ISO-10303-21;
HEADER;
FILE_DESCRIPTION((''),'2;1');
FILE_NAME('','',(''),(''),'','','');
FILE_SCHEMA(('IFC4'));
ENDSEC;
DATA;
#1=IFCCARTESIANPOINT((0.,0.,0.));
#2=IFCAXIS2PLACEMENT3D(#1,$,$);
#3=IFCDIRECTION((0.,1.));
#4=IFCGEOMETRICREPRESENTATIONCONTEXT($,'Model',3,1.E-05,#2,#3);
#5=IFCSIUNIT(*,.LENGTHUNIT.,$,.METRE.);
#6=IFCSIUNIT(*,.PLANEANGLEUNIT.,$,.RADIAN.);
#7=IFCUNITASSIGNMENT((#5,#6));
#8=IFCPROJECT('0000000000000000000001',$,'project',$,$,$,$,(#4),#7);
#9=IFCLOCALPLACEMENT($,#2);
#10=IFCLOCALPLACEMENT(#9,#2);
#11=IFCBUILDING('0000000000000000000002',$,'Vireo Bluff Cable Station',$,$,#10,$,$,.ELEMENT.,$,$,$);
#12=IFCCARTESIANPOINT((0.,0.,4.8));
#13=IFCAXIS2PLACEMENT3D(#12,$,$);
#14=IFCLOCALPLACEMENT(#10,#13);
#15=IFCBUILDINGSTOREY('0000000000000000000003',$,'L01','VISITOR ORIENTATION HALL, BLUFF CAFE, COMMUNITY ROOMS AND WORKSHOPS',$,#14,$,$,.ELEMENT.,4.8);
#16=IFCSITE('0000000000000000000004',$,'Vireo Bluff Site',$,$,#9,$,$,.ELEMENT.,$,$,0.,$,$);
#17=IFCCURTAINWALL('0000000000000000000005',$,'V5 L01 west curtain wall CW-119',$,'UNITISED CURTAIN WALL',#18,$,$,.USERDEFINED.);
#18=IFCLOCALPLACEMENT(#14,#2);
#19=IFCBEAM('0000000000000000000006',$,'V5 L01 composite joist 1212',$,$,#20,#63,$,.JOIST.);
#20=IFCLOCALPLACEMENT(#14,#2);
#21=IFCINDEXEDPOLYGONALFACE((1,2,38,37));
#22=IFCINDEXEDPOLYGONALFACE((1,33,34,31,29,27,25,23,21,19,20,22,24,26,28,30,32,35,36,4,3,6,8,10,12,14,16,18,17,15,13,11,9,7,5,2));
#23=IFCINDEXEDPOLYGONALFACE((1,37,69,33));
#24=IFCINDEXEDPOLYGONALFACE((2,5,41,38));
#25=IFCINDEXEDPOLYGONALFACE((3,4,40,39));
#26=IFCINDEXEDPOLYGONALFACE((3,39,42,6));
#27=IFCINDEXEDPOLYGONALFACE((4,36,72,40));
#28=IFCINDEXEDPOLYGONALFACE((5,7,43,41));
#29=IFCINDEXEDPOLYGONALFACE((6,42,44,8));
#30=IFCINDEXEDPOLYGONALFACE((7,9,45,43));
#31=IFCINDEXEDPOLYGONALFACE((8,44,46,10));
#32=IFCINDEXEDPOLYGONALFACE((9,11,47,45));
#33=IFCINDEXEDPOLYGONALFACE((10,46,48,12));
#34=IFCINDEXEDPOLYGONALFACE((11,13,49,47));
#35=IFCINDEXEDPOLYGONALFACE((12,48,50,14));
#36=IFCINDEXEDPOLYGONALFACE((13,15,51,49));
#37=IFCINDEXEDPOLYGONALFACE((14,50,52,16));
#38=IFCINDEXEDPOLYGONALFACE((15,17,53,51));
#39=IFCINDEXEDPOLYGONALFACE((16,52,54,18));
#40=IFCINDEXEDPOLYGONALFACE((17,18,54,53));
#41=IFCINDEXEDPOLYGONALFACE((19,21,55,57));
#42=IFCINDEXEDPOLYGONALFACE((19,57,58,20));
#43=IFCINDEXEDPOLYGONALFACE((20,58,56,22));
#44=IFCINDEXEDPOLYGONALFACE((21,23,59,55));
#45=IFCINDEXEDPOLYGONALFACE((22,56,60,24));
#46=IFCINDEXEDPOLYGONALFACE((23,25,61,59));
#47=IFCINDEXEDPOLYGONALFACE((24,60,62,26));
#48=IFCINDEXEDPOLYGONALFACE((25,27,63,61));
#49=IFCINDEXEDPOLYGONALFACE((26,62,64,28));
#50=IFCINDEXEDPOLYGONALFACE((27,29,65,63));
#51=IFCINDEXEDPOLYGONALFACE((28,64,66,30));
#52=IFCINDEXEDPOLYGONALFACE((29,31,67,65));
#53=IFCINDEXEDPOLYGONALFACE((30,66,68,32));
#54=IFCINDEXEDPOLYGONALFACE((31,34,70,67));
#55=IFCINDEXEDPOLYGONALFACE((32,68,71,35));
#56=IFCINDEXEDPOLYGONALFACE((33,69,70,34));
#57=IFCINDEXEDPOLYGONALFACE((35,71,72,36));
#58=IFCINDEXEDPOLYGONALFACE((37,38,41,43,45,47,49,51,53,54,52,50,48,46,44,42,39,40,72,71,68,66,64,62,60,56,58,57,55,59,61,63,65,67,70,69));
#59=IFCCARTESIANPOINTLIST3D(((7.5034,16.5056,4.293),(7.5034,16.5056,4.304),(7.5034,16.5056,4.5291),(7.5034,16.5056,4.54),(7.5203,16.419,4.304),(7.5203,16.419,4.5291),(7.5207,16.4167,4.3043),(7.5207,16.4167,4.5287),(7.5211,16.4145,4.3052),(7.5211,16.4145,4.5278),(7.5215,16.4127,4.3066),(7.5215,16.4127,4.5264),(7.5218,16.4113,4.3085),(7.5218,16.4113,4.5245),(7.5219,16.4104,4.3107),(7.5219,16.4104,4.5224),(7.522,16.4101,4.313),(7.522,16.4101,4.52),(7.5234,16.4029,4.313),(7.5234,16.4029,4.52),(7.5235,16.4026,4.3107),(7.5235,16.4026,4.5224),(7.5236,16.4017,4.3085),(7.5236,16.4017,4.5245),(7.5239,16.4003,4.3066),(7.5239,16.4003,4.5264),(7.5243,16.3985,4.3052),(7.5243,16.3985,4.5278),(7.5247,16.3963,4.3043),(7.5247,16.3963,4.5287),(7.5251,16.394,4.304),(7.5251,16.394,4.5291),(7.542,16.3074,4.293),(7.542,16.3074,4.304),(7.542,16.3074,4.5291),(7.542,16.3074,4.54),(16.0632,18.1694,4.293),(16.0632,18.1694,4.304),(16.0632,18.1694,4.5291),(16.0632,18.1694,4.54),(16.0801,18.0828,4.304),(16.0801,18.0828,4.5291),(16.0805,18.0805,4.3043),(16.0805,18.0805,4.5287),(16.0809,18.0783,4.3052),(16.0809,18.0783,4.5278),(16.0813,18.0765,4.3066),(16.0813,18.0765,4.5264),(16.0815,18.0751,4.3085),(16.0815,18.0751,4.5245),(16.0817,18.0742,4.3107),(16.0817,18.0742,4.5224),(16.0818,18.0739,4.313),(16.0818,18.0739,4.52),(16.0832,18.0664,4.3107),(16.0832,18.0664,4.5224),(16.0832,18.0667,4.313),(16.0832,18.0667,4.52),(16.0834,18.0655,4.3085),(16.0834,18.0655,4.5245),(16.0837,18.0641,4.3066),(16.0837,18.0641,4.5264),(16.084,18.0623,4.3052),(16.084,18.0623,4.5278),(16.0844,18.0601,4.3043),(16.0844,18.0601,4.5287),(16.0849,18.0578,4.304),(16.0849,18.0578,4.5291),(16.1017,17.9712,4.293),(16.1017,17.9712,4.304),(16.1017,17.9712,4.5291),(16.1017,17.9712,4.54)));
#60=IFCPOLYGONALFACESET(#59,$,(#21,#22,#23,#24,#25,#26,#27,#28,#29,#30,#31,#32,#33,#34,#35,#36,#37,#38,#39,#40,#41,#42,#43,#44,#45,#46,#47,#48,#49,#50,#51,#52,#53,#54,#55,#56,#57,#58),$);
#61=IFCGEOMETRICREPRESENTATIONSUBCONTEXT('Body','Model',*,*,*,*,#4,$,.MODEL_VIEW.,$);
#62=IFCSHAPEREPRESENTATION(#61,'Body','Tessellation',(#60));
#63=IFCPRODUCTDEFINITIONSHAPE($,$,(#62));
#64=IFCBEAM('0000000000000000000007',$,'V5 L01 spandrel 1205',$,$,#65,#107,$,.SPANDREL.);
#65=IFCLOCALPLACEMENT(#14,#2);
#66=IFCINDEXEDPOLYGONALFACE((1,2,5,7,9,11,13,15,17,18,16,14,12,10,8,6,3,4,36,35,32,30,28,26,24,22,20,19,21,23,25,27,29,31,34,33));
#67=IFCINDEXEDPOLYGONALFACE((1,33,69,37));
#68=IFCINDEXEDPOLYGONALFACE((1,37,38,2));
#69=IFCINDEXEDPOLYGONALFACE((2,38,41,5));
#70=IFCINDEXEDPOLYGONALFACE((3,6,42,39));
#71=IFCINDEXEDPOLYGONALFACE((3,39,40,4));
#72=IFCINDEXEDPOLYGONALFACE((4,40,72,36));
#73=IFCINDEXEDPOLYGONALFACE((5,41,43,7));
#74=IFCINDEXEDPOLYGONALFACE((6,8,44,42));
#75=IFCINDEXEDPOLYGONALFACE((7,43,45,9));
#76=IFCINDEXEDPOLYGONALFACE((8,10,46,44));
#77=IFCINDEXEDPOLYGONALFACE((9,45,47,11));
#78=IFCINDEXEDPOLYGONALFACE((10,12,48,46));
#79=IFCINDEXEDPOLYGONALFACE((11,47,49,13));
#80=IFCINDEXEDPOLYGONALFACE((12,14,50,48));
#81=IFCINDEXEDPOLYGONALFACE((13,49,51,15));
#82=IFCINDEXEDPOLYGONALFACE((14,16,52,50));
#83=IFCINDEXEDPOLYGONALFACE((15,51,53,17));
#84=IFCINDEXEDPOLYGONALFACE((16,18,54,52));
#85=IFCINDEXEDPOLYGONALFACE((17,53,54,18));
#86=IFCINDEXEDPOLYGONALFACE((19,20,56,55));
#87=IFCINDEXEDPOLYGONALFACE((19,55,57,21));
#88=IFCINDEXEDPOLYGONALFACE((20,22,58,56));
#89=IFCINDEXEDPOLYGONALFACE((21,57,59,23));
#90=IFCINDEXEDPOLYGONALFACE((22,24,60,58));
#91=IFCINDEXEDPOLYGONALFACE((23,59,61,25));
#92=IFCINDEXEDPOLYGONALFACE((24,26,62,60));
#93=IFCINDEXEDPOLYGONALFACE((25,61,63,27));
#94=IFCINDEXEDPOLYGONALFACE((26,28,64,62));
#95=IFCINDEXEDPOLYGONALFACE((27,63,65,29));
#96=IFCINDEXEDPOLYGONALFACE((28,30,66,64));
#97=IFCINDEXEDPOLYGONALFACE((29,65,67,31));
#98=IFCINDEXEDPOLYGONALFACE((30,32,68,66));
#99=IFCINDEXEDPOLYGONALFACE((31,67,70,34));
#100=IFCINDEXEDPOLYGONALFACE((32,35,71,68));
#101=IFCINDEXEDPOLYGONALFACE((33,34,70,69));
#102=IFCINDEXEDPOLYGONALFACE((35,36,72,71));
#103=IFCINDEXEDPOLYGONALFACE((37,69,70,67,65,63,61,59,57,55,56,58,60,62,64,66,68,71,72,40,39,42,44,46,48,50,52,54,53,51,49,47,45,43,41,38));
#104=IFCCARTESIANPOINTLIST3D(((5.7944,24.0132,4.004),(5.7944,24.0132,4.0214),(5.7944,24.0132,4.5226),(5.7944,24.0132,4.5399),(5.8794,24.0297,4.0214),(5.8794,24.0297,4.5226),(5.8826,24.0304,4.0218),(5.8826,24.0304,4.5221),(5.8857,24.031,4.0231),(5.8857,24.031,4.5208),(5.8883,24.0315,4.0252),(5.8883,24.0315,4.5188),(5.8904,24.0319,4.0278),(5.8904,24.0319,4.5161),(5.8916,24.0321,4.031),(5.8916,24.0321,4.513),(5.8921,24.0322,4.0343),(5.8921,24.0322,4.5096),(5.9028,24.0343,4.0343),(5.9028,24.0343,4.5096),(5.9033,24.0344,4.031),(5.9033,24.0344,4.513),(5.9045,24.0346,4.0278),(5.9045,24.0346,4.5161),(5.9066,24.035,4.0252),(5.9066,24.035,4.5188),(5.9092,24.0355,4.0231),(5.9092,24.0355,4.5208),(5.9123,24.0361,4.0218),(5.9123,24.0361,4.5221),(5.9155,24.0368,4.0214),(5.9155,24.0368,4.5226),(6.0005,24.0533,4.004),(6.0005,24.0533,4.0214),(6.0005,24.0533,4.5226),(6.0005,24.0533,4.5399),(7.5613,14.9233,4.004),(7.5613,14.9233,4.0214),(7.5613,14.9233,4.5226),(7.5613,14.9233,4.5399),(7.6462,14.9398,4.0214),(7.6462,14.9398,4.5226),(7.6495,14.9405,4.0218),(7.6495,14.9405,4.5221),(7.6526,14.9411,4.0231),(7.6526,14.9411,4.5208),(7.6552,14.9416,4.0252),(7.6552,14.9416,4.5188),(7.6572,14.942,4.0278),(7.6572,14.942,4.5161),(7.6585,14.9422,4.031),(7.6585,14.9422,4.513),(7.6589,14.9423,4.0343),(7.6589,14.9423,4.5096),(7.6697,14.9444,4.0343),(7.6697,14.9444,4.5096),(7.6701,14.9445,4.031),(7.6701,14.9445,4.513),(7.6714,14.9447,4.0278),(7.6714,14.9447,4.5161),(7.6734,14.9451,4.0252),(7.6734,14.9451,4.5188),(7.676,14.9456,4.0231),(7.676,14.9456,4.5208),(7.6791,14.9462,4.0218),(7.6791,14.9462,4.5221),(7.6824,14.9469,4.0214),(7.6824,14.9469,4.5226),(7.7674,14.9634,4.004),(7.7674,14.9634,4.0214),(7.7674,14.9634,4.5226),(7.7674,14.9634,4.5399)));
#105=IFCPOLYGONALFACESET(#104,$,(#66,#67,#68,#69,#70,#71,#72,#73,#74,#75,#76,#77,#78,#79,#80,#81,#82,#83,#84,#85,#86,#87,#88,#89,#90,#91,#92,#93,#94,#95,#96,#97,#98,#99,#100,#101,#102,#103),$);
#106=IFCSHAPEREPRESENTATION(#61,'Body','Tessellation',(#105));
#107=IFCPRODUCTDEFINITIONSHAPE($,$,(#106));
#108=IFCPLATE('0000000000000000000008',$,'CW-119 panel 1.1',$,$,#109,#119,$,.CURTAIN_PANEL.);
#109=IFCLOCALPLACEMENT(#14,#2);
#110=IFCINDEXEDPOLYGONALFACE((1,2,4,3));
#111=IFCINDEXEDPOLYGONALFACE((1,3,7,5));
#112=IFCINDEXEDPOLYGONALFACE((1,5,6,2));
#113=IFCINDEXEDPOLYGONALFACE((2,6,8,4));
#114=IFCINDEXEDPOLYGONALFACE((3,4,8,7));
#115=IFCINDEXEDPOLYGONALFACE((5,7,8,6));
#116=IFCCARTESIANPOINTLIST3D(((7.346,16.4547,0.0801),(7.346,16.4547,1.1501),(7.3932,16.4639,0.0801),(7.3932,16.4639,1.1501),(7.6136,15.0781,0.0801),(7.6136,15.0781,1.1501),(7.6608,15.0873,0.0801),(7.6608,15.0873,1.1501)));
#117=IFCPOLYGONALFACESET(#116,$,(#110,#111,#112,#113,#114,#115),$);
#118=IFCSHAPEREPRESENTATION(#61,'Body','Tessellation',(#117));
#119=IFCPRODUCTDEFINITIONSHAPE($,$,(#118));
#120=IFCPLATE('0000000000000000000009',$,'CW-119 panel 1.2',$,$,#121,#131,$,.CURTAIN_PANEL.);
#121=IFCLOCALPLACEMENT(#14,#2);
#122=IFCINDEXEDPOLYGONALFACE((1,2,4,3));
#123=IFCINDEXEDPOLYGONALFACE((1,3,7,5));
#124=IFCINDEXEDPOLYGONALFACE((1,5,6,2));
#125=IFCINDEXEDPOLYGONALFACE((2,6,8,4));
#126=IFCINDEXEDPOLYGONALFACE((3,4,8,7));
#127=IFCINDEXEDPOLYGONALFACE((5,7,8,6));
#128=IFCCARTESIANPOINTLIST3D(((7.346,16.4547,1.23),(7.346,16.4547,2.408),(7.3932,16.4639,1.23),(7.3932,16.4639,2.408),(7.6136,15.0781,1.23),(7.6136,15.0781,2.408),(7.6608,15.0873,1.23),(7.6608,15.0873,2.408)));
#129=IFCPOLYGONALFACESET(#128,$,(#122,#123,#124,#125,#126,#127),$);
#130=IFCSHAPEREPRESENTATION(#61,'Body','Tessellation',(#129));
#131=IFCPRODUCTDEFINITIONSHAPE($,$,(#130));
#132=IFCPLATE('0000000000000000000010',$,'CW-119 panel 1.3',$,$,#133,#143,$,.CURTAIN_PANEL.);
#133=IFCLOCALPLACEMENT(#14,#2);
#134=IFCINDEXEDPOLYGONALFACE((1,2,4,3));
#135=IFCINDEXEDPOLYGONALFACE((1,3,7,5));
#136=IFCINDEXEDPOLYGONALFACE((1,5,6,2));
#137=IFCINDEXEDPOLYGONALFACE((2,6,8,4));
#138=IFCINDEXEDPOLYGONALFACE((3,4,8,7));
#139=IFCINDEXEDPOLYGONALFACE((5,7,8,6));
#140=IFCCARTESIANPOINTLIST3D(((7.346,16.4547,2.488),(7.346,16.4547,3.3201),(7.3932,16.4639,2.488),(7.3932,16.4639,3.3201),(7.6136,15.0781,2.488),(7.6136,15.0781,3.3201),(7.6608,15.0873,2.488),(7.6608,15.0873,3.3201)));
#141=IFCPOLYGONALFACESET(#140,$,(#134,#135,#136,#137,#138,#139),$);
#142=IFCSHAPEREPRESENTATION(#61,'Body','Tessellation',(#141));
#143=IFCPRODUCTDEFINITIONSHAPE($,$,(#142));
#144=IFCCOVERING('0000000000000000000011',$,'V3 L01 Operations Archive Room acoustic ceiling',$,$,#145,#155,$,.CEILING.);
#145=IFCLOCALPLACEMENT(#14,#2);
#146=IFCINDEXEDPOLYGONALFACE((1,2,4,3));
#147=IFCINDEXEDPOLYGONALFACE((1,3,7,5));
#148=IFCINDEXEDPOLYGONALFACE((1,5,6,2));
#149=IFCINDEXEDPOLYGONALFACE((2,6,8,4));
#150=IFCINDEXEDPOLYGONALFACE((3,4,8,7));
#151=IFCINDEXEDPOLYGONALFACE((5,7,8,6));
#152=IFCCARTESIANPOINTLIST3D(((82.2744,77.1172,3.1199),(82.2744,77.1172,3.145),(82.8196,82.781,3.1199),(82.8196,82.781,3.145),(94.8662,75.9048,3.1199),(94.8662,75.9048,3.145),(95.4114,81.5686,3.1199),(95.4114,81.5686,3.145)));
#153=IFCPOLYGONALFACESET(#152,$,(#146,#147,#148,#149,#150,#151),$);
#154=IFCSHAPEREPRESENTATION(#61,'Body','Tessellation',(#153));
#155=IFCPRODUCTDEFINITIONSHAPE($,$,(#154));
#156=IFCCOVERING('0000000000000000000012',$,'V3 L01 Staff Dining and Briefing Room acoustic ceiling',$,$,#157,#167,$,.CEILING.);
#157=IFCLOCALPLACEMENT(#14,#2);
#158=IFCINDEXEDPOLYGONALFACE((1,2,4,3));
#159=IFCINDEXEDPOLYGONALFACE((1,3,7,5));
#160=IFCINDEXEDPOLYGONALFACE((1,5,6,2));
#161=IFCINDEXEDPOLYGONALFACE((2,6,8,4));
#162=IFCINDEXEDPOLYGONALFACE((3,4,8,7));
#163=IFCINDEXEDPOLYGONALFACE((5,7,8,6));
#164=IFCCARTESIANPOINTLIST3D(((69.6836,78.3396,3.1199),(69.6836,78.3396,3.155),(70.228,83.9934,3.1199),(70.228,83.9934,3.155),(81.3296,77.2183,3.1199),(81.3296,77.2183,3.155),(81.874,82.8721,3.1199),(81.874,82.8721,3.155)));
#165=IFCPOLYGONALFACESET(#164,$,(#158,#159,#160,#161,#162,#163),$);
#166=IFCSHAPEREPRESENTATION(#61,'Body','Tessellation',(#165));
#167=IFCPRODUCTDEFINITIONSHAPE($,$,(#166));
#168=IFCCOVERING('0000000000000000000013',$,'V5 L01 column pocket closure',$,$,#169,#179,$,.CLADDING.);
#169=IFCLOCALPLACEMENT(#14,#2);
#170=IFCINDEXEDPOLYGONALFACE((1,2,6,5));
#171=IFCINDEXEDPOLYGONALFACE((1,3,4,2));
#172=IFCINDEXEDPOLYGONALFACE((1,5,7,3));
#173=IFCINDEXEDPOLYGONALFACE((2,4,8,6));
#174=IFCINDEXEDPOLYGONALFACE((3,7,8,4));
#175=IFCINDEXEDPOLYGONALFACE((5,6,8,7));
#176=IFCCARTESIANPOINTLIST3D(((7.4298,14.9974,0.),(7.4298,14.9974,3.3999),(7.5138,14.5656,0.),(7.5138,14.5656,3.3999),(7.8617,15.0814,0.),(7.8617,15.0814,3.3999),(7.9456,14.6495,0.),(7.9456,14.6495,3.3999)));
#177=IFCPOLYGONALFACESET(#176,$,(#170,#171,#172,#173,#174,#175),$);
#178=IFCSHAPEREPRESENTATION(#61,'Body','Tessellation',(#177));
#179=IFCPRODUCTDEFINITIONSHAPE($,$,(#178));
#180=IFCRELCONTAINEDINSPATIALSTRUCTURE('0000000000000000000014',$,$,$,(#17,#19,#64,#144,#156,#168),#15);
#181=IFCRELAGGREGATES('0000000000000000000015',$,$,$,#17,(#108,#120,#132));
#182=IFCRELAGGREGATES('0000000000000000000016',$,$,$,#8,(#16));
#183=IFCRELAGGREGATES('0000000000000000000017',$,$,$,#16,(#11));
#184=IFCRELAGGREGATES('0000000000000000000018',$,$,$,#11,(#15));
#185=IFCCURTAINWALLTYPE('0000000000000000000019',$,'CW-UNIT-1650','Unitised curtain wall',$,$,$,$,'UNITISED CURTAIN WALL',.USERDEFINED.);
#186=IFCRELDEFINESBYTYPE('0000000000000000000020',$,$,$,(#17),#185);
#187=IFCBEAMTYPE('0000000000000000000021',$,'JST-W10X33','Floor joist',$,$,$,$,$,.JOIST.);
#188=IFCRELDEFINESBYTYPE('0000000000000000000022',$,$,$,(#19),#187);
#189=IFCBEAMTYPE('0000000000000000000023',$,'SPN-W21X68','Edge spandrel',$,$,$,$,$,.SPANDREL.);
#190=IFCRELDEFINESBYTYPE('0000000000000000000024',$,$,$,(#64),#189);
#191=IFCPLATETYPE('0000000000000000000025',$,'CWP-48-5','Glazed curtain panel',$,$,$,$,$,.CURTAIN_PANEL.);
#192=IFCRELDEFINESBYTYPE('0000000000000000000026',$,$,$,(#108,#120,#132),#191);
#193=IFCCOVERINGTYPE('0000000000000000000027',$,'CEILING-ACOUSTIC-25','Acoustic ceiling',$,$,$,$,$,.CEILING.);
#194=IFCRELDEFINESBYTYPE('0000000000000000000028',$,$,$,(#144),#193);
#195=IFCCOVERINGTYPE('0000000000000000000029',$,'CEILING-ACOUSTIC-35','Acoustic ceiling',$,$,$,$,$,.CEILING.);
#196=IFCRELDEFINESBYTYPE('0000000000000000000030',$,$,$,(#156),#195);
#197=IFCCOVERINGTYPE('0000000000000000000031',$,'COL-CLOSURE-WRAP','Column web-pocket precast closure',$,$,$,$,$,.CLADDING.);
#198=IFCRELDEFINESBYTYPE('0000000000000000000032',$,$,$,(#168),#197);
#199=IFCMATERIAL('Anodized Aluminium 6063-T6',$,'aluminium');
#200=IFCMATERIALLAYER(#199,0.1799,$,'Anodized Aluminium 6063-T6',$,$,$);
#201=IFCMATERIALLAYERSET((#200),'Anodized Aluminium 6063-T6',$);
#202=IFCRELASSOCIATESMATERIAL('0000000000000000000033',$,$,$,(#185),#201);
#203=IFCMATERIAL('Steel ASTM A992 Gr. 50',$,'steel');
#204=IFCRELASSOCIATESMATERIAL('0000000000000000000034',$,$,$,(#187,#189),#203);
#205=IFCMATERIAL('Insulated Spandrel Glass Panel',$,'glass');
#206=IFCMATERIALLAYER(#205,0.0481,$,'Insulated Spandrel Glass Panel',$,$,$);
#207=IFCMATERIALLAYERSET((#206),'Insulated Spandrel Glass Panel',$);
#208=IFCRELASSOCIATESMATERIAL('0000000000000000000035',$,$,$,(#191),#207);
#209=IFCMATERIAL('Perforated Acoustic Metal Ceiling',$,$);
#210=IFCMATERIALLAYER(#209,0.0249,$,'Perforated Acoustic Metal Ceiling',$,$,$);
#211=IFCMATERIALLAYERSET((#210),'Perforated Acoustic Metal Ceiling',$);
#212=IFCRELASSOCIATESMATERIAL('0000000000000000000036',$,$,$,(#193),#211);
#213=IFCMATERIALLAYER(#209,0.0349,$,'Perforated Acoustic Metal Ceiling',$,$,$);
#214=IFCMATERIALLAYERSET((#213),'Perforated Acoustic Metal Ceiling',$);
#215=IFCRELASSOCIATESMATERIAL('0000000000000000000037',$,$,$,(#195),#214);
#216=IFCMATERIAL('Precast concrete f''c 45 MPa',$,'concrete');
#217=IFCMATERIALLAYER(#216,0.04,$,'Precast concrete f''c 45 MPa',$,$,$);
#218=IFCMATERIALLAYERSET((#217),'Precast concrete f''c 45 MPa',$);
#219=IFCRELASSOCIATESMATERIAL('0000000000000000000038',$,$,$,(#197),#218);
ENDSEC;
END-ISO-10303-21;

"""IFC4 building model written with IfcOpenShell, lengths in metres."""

from ifc_helpers import new_model, si_unit, direction, frame, origin, origin_2d, place, context, subcontext, project, spatial, polyline, rectangle, i_section, outline, extrude, material, layer, layer_set, material_profile, profile_set, type_object, element, aggregate, save


model = new_model("IFC4")

# Units and contexts
model_context = context("Model", 3, precision=1e-05, world=origin(), true_north=direction((0.0, 1.0)))
body_context = subcontext(model_context, "Body", "Model", "MODEL_VIEW")
ifc_project = project(units=[si_unit("LENGTHUNIT", "METRE"), si_unit("PLANEANGLEUNIT", "RADIAN")], contexts=[model_context])

# Site, building, storey
site_placement = place(None, origin())
site = spatial("IfcSite", under=ifc_project, at=site_placement, Name="Vireo Bluff Site", CompositionType="ELEMENT", RefElevation=0.0)
building_placement = place(site_placement, origin())
building = spatial("IfcBuilding", under=site, at=building_placement, Name="Vireo Bluff Cable Station", CompositionType="ELEMENT")
storey_placement = place(building_placement, frame((0.0, 0.0, 4.8)))
storey = spatial("IfcBuildingStorey", under=building, at=storey_placement, Name="L01", Description="VISITOR ORIENTATION HALL, BLUFF CAFE, COMMUNITY ROOMS AND WORKSHOPS", CompositionType="ELEMENT", Elevation=4.8)

# Shared definitions
ifc_material_1 = material(Name="Steel ASTM A992 Gr. 50", Category="steel")

# Curtain wall
ifc_material_2 = material(Name="Anodized Aluminium 6063-T6", Category="aluminium")
ifc_layer_1 = layer(ifc_material_2, 0.1799, Name="Anodized Aluminium 6063-T6")
ifc_layer_set_1 = layer_set([ifc_layer_1], Name="Anodized Aluminium 6063-T6")
curtain_wall_type = type_object("IfcCurtainWallType", Name="CW-UNIT-1650", Description="Unitised curtain wall", ElementType="UNITISED CURTAIN WALL", PredefinedType="USERDEFINED", material=ifc_layer_set_1)
curtain_wall_placement = place(storey_placement, origin())
curtain_wall = element("IfcCurtainWall", 1, at=curtain_wall_placement, inside=storey, type_object=curtain_wall_type, Name="V5 L01 west curtain wall CW-119", ObjectType="UNITISED CURTAIN WALL", PredefinedType="USERDEFINED")

# Beams
ifc_material_profile_1 = material_profile(ifc_material_1, i_section(OverallWidth=0.2019, OverallDepth=0.2471, WebThickness=0.0073, FlangeThickness=0.011, FilletRadius=0.009, at=origin_2d()), Name="W10X33")
ifc_profile_set_1 = profile_set([ifc_material_profile_1], Name="Steel ASTM A992 Gr. 50")
beam_type_1 = type_object("IfcBeamType", Name="JST-W10X33", Description="Floor joist", PredefinedType="JOIST", material=ifc_profile_set_1)
beam_1_placement = place(storey_placement, frame((7.5227, 16.4065, 4.4165), z_axis=(0.981628, 0.190804, 0.0), x_axis=(-0.190804, 0.981628, 0.0)))
element("IfcBeam", 2, at=beam_1_placement, inside=storey, type_object=beam_type_1, Name="V5 L01 composite joist 1212", PredefinedType="JOIST", context=body_context, shape_type="SweptSolid", body=[
    extrude(i_section(OverallWidth=0.2019, OverallDepth=0.2471, WebThickness=0.0073, FlangeThickness=0.011, FilletRadius=0.009, at=origin_2d()), origin(), (0.0, 0.0, 1.0), 8.72),
])
ifc_material_profile_2 = material_profile(ifc_material_1, i_section(OverallWidth=0.21, OverallDepth=0.5359, WebThickness=0.011, FlangeThickness=0.0173, FilletRadius=0.0129, at=origin_2d()), Name="W21X68")
ifc_profile_set_2 = profile_set([ifc_material_profile_2], Name="Steel ASTM A992 Gr. 50")
beam_type_2 = type_object("IfcBeamType", Name="SPN-W21X68", Description="Edge spandrel", PredefinedType="SPANDREL", material=ifc_profile_set_2)
beam_2_placement = place(storey_placement, frame((7.6643, 14.9434, 4.272), z_axis=(-0.190805, 0.981628, 0.0), x_axis=(-0.981628, -0.190805, 0.0)))
element("IfcBeam", 3, at=beam_2_placement, inside=storey, type_object=beam_type_2, Name="V5 L01 spandrel 1205", PredefinedType="SPANDREL", context=body_context, shape_type="SweptSolid", body=[
    extrude(i_section(OverallWidth=0.21, OverallDepth=0.5359, WebThickness=0.011, FlangeThickness=0.0173, FilletRadius=0.0129, at=origin_2d()), origin(), (0.0, 0.0, 1.0), 9.26),
])

# Plates
ifc_material_3 = material(Name="Insulated Spandrel Glass Panel", Category="glass")
ifc_layer_2 = layer(ifc_material_3, 0.0481, Name="Insulated Spandrel Glass Panel")
ifc_layer_set_2 = layer_set([ifc_layer_2], Name="Insulated Spandrel Glass Panel")
plate_type = type_object("IfcPlateType", Name="CWP-48-5", Description="Glazed curtain panel", PredefinedType="CURTAIN_PANEL", material=ifc_layer_set_2)
plate_1_placement = place(storey_placement, frame((7.5034, 15.771, 0.0801), z_axis=(0.0, 0.0, 1.0), x_axis=(-0.190809, 0.981627, 0.0)))
plate_1 = element("IfcPlate", 4, at=plate_1_placement, type_object=plate_type, Name="CW-119 panel 1.1", PredefinedType="CURTAIN_PANEL", context=body_context, shape_type="SweptSolid", body=[
    extrude(rectangle(XDim=1.4023, YDim=0.0481, at=origin_2d()), origin(), (0.0, 0.0, 1.0), 1.0701),
])
plate_2_placement = place(storey_placement, frame((7.5034, 15.771, 1.23), z_axis=(0.0, 0.0, 1.0), x_axis=(-0.190809, 0.981627, 0.0)))
plate_2 = element("IfcPlate", 5, at=plate_2_placement, type_object=plate_type, Name="CW-119 panel 1.2", PredefinedType="CURTAIN_PANEL", context=body_context, shape_type="SweptSolid", body=[
    extrude(rectangle(XDim=1.4023, YDim=0.0481, at=origin_2d()), origin(), (0.0, 0.0, 1.0), 1.178),
])
plate_3_placement = place(storey_placement, frame((7.5034, 15.771, 2.488), z_axis=(0.0, 0.0, 1.0), x_axis=(-0.190809, 0.981627, 0.0)))
plate_3 = element("IfcPlate", 6, at=plate_3_placement, type_object=plate_type, Name="CW-119 panel 1.3", PredefinedType="CURTAIN_PANEL", context=body_context, shape_type="SweptSolid", body=[
    extrude(rectangle(XDim=1.4023, YDim=0.0481, at=origin_2d()), origin(), (0.0, 0.0, 1.0), 0.832),
])
aggregate(curtain_wall, [plate_1, plate_2, plate_3])

# Coverings
ifc_material_4 = material(Name="Perforated Acoustic Metal Ceiling")
ifc_layer_3 = layer(ifc_material_4, 0.0249, Name="Perforated Acoustic Metal Ceiling")
ifc_layer_set_3 = layer_set([ifc_layer_3], Name="Perforated Acoustic Metal Ceiling")
covering_type_1 = type_object("IfcCoveringType", Name="CEILING-ACOUSTIC-25", Description="Acoustic ceiling", PredefinedType="CEILING", material=ifc_layer_set_3)
covering_1_placement = place(storey_placement, frame((0.0, 0.0, 3.1199)))
element("IfcCovering", 7, at=covering_1_placement, inside=storey, type_object=covering_type_1, Name="V3 L01 Operations Archive Room acoustic ceiling", PredefinedType="CEILING", context=body_context, shape_type="SweptSolid", body=[
    extrude(outline(polyline([(82.2744, 77.1172), (94.8662, 75.9048), (95.4114, 81.5686), (82.8196, 82.781), (82.2744, 77.1172)])), origin(), (0.0, 0.0, 1.0), 0.0251),
])
ifc_layer_4 = layer(ifc_material_4, 0.0349, Name="Perforated Acoustic Metal Ceiling")
ifc_layer_set_4 = layer_set([ifc_layer_4], Name="Perforated Acoustic Metal Ceiling")
covering_type_2 = type_object("IfcCoveringType", Name="CEILING-ACOUSTIC-35", Description="Acoustic ceiling", PredefinedType="CEILING", material=ifc_layer_set_4)
covering_2_placement = place(storey_placement, frame((0.0, 0.0, 3.1199)))
element("IfcCovering", 8, at=covering_2_placement, inside=storey, type_object=covering_type_2, Name="V3 L01 Staff Dining and Briefing Room acoustic ceiling", PredefinedType="CEILING", context=body_context, shape_type="SweptSolid", body=[
    extrude(outline(polyline([(69.6836, 78.3396), (81.3296, 77.2183), (81.874, 82.8721), (70.228, 83.9934), (69.6836, 78.3396)])), origin(), (0.0, 0.0, 1.0), 0.0352),
])
ifc_material_5 = material(Name="Precast concrete f'c 45 MPa", Category="concrete")
ifc_layer_5 = layer(ifc_material_5, 0.04, Name="Precast concrete f'c 45 MPa")
ifc_layer_set_5 = layer_set([ifc_layer_5], Name="Precast concrete f'c 45 MPa")
covering_type_3 = type_object("IfcCoveringType", Name="COL-CLOSURE-WRAP", Description="Column web-pocket precast closure", PredefinedType="CLADDING", material=ifc_layer_set_5)
covering_3_placement = place(storey_placement, frame((7.6877, 14.8235, 0.0), z_axis=(0.0, 0.0, 1.0), x_axis=(0.981627, 0.190809, 0.0)))
element("IfcCovering", 9, at=covering_3_placement, inside=storey, type_object=covering_type_3, Name="V5 L01 column pocket closure", PredefinedType="CLADDING", context=body_context, shape_type="SweptSolid", body=[
    extrude(rectangle(XDim=0.4399, YDim=0.4399, at=origin_2d()), origin(), (0.0, 0.0, 1.0), 3.3999),
])

save(model, "model.ifc")
